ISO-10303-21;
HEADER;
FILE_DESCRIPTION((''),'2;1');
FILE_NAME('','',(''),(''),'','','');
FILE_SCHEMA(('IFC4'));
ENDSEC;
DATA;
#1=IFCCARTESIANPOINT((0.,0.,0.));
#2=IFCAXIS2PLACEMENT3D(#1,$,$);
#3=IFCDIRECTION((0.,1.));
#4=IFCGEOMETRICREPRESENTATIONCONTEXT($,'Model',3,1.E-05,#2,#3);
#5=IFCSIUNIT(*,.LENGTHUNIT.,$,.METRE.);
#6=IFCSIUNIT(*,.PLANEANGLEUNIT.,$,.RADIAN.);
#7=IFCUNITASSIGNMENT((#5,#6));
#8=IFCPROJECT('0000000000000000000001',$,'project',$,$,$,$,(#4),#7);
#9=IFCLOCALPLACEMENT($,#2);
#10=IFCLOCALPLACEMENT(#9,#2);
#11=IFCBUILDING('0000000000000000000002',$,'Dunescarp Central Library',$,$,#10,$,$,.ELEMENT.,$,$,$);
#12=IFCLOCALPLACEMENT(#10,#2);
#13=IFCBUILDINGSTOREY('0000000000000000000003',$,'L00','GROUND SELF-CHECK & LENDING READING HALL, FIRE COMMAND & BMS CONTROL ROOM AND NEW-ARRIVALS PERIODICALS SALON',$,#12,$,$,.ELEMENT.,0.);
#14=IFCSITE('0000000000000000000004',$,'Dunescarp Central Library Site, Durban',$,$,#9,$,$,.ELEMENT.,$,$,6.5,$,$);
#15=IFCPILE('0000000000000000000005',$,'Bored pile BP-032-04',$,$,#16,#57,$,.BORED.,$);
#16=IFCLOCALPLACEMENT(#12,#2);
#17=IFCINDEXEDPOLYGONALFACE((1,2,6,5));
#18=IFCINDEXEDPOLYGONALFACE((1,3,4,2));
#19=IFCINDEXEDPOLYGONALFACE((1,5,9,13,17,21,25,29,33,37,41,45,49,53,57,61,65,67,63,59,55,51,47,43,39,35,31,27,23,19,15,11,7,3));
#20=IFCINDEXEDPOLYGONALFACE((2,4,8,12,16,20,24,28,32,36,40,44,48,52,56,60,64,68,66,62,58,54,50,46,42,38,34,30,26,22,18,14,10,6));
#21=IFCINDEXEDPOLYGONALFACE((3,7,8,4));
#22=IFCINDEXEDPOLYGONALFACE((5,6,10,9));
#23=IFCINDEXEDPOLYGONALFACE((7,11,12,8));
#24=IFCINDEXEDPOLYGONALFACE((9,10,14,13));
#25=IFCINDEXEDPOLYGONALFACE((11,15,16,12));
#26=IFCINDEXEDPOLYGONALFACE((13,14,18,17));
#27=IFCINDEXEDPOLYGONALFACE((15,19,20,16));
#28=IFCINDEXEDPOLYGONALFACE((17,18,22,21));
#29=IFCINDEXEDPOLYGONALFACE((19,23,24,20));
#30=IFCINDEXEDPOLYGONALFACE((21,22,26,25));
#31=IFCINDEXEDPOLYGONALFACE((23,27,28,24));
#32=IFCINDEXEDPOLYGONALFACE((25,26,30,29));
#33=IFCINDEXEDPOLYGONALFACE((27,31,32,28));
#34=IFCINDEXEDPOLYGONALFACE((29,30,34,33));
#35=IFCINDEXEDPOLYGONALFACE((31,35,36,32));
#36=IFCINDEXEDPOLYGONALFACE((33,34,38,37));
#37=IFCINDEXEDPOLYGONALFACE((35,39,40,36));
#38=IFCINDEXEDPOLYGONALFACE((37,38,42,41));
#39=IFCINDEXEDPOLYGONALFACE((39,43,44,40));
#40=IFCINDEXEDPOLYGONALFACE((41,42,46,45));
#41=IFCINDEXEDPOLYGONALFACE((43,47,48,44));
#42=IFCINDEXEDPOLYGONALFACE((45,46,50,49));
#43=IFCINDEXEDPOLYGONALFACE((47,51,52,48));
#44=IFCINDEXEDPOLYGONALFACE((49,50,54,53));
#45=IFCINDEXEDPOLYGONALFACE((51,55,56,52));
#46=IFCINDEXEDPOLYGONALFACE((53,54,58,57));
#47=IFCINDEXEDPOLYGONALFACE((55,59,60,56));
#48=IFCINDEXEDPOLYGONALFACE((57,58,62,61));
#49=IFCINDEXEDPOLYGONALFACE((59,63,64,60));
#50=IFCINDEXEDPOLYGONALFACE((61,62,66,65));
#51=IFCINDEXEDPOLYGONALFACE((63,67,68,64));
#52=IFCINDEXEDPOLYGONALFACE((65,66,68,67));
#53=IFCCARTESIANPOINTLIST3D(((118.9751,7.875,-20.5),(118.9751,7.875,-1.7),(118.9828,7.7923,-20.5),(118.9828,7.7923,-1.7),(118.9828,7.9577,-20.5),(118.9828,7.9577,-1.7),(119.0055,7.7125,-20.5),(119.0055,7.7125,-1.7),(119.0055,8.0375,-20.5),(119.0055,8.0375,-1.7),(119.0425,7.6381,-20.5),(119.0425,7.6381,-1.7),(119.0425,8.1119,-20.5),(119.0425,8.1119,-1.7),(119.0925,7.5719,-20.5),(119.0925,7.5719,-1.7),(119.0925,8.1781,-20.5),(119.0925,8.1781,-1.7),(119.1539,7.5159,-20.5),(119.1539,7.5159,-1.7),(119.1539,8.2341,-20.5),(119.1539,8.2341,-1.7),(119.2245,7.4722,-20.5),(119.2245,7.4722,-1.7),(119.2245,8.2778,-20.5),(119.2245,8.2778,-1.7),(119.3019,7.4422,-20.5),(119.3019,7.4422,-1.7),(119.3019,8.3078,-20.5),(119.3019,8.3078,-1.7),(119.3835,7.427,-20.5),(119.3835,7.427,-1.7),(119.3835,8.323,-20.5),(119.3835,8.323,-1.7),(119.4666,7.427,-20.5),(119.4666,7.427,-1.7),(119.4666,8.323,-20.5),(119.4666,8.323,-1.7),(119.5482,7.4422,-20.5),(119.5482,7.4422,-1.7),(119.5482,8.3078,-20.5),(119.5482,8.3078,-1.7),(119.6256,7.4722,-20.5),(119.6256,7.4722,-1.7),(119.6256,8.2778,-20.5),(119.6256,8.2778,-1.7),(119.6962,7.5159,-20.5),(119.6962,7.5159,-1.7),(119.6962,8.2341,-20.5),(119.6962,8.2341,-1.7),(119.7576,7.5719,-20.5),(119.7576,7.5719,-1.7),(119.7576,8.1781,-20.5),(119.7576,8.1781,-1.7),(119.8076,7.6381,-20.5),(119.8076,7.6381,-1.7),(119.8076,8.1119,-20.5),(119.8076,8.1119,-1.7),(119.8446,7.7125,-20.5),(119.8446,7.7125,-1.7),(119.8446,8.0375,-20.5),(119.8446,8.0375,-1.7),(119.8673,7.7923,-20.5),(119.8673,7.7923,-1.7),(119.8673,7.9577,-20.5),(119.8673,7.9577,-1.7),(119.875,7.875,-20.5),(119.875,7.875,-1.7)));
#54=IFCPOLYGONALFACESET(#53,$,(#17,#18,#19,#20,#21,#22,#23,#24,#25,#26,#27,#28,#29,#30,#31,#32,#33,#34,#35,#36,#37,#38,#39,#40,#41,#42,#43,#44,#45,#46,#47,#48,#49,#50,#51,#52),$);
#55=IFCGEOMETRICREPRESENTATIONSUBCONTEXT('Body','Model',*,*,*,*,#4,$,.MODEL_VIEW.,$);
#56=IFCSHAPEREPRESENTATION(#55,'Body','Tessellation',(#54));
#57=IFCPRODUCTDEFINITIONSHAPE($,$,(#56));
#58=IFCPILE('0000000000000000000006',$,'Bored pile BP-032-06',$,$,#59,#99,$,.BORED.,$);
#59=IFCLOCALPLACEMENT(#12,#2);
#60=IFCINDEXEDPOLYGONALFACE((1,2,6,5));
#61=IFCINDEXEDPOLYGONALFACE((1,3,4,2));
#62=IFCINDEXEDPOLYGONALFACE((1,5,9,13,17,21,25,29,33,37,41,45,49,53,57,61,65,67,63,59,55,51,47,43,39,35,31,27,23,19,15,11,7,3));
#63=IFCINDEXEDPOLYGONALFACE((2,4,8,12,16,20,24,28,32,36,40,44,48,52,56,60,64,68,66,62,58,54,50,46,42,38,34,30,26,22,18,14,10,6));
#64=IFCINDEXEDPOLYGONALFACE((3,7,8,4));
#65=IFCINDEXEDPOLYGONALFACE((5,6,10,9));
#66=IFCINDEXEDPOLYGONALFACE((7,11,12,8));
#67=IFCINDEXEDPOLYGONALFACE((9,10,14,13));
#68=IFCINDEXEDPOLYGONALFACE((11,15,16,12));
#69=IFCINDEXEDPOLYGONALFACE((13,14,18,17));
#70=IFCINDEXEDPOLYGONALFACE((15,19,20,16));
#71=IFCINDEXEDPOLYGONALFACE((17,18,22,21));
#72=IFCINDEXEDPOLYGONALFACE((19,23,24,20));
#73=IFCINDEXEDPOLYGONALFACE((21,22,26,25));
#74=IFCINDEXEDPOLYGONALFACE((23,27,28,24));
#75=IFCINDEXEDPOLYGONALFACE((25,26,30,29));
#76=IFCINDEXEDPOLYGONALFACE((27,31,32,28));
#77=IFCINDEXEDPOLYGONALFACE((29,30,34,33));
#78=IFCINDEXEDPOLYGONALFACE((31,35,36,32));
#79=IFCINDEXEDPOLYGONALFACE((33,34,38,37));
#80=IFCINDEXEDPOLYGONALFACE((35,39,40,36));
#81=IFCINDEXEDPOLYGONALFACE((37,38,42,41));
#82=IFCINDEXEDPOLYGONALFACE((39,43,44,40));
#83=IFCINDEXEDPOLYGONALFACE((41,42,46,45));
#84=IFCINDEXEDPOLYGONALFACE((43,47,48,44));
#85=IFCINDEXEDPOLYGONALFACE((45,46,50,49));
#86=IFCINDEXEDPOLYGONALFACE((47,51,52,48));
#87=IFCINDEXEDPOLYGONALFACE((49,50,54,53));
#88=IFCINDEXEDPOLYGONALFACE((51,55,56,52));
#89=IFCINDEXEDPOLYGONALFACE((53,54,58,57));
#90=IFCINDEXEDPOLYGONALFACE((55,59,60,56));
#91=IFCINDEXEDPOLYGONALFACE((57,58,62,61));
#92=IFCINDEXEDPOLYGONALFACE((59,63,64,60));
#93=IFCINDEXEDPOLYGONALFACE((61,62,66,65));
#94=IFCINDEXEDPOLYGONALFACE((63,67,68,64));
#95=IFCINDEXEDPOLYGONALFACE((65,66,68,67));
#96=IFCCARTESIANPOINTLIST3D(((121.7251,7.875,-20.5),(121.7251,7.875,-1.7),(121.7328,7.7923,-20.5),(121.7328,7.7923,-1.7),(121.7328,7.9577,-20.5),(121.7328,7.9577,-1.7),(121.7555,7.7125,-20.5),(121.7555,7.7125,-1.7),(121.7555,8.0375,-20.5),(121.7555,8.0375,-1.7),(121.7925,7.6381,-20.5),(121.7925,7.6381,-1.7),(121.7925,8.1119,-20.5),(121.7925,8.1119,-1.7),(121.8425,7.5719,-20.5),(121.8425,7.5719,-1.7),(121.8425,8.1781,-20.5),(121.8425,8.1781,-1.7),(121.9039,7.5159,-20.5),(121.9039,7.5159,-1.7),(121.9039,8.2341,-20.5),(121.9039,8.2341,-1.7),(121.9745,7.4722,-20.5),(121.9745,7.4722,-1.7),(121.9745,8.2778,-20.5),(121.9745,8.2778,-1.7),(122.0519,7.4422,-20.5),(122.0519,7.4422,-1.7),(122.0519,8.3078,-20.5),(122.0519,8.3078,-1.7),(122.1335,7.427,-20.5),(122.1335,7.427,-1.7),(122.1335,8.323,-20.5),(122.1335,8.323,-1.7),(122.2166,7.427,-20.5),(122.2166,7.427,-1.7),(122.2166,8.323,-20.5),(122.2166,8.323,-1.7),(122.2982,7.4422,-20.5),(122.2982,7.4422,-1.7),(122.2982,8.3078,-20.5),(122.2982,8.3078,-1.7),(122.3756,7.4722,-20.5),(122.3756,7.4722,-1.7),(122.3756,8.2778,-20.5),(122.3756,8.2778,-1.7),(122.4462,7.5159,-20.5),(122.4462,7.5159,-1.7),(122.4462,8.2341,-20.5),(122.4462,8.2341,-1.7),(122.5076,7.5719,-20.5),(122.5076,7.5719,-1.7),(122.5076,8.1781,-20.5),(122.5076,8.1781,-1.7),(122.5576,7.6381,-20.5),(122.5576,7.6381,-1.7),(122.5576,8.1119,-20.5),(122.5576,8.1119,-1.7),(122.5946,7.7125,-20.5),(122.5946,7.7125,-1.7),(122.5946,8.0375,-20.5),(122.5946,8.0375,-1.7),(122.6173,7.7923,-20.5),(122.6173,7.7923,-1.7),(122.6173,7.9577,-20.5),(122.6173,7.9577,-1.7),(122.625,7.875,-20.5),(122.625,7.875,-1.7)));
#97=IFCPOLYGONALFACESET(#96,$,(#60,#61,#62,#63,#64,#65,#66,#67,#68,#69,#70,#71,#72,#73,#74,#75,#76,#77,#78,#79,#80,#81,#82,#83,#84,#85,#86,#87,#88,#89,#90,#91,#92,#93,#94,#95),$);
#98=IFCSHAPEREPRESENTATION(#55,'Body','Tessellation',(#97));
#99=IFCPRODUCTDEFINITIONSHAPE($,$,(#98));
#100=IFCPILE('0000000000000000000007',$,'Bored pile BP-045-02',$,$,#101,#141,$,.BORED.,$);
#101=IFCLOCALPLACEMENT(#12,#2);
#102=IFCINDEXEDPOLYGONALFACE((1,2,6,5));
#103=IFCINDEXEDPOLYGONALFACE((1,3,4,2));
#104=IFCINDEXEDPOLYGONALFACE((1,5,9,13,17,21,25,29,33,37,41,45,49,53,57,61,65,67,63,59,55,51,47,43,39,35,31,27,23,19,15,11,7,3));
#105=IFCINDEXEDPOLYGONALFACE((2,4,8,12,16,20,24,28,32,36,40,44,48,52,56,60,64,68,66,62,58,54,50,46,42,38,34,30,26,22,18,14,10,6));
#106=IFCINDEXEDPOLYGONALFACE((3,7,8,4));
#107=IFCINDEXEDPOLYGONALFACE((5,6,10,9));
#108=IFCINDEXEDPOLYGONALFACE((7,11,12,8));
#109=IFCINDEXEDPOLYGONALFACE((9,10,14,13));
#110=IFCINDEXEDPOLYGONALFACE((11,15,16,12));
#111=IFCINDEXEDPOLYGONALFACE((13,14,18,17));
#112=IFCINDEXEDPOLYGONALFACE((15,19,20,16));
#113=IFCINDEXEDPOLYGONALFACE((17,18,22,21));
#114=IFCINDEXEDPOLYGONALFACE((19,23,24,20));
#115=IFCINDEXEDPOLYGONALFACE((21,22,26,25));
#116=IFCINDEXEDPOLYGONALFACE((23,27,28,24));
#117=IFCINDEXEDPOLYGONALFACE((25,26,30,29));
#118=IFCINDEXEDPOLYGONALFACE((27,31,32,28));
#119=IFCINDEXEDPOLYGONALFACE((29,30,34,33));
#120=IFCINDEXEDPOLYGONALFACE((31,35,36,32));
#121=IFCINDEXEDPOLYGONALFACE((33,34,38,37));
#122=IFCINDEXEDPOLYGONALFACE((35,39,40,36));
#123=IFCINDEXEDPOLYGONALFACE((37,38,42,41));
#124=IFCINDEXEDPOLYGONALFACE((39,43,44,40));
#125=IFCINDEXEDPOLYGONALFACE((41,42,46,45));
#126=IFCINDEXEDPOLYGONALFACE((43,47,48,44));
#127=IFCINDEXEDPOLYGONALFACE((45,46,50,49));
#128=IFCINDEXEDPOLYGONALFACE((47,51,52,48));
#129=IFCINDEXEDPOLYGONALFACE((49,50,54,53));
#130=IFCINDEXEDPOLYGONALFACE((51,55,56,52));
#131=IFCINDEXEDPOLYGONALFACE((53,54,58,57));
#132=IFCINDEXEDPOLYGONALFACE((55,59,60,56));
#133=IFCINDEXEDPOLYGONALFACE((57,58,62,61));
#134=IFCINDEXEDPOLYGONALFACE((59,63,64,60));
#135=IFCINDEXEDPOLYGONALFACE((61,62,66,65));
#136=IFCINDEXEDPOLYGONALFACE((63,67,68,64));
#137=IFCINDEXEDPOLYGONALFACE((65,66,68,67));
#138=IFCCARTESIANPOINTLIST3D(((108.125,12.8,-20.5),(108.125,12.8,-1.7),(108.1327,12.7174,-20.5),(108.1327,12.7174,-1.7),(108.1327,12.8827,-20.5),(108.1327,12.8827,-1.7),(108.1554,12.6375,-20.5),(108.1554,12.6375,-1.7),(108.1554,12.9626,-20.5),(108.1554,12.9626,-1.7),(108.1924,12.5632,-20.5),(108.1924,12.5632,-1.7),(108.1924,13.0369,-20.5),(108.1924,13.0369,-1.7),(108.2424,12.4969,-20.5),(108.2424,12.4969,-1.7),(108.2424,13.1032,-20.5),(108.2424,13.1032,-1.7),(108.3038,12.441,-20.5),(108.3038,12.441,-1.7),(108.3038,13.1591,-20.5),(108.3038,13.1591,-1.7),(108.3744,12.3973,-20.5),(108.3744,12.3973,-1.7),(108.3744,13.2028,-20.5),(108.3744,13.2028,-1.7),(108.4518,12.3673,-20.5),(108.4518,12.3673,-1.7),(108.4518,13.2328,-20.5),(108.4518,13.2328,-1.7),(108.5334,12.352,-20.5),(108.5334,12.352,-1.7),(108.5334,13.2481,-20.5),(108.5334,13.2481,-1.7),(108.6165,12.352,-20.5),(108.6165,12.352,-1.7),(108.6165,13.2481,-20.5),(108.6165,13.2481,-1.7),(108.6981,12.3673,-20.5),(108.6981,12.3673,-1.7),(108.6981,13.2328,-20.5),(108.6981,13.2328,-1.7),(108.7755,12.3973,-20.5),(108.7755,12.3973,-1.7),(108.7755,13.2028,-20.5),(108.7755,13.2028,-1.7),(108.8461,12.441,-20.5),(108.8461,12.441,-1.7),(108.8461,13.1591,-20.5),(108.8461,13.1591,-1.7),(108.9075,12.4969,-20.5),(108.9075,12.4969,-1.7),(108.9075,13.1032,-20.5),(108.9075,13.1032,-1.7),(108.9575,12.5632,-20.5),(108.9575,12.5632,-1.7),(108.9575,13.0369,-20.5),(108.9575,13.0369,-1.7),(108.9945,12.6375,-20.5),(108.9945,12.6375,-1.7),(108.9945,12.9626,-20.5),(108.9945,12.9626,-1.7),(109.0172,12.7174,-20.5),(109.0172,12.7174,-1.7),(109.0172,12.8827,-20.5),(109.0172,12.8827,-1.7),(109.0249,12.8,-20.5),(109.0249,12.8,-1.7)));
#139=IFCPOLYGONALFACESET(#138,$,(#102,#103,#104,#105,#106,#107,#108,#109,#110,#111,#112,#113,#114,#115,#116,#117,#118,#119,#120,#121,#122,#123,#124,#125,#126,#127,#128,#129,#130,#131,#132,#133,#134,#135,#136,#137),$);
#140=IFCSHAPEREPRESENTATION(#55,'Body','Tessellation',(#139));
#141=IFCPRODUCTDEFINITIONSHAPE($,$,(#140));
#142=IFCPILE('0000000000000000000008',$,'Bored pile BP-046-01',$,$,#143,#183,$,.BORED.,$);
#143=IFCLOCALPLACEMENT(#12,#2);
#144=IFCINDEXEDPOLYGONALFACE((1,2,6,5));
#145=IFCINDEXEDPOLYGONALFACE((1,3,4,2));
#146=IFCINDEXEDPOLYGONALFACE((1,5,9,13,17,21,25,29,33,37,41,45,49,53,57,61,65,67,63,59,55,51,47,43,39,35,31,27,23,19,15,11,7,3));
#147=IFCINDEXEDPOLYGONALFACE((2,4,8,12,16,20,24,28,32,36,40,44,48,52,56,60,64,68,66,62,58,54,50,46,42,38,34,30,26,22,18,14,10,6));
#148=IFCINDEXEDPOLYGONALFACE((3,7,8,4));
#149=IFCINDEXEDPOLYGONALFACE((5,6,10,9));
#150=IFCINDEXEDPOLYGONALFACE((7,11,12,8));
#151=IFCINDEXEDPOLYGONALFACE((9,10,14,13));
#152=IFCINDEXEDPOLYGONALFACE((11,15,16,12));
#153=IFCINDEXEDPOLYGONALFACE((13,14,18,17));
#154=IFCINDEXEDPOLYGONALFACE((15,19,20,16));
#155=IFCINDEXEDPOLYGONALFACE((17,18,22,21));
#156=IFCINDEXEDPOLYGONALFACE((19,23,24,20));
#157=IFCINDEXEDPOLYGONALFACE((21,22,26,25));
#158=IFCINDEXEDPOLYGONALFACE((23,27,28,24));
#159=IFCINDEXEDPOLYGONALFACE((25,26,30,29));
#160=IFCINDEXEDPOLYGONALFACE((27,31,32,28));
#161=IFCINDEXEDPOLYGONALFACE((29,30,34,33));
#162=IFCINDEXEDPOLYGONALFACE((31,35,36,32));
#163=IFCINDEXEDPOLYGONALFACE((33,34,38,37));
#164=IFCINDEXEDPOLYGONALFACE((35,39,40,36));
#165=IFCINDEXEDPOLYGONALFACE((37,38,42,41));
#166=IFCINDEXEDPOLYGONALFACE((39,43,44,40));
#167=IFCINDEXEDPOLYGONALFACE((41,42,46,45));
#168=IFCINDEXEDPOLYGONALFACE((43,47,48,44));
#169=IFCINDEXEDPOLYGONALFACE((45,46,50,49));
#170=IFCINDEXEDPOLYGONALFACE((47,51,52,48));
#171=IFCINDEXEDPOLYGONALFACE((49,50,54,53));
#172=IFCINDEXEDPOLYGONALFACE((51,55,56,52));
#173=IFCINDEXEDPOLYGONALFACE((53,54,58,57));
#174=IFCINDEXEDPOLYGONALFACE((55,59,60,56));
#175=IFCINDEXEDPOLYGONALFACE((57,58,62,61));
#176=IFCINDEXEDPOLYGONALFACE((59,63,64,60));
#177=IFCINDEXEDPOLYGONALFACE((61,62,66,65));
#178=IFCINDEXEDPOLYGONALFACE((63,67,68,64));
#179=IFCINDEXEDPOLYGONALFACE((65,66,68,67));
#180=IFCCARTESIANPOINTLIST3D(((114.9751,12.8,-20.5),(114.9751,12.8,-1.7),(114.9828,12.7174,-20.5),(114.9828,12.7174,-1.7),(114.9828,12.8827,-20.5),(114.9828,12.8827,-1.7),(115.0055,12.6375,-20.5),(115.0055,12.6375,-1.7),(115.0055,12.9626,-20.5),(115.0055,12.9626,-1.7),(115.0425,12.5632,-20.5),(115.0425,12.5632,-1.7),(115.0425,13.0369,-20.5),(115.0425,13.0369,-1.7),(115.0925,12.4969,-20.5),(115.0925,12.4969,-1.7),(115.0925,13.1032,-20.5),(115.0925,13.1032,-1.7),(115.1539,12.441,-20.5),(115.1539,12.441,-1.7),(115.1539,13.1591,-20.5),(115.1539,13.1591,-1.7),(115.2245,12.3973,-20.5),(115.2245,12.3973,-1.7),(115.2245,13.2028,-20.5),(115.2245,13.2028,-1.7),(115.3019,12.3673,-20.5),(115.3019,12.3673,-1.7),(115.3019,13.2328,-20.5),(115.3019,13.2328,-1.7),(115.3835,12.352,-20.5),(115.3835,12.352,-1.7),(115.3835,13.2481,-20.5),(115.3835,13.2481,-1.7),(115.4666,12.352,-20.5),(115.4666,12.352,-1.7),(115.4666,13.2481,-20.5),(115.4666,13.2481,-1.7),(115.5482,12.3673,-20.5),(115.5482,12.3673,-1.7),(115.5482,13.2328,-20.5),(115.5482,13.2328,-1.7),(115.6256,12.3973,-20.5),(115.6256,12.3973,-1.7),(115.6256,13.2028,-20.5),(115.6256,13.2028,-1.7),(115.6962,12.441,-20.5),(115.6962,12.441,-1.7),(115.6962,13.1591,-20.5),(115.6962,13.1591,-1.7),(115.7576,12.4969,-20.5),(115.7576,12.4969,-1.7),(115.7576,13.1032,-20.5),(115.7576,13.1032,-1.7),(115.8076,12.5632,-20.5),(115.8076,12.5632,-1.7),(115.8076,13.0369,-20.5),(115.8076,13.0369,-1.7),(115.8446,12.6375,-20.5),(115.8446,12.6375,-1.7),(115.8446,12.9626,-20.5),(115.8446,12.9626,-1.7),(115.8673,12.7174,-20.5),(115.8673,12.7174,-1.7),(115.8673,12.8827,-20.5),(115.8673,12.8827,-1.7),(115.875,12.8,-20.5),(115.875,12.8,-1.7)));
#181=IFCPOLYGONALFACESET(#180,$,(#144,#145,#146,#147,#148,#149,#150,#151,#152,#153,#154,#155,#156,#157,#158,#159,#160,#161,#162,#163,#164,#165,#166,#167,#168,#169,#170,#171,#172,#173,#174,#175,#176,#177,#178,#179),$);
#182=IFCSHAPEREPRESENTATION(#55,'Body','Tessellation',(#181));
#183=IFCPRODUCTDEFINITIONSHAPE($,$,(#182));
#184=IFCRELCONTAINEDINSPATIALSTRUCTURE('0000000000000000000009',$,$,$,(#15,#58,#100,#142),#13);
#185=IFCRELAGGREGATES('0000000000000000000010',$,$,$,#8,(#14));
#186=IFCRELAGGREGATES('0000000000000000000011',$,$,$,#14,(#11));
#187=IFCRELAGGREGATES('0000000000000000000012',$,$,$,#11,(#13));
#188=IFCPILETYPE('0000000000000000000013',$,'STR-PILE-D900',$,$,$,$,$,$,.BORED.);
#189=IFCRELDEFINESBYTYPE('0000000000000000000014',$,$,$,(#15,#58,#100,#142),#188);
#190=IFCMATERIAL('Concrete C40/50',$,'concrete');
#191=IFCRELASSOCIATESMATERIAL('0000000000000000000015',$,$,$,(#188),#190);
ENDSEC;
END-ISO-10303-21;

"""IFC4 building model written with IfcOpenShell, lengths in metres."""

from ifc_helpers import new_model, si_unit, direction, frame, origin, origin_2d, place, context, subcontext, project, spatial, circle, extrude, material, material_profile, profile_set, type_object, element, save


model = new_model("IFC4")

# Units and contexts
model_context = context("Model", 3, precision=1e-05, world=origin(), true_north=direction((0.0, 1.0)))
body_context = subcontext(model_context, "Body", "Model", "MODEL_VIEW")
ifc_project = project(units=[si_unit("LENGTHUNIT", "METRE"), si_unit("PLANEANGLEUNIT", "RADIAN")], contexts=[model_context])

# Site, building, storey
site_placement = place(None, origin())
site = spatial("IfcSite", under=ifc_project, at=site_placement, Name="Dunescarp Central Library Site, Durban", CompositionType="ELEMENT", RefElevation=6.5)
building_placement = place(site_placement, origin())
building = spatial("IfcBuilding", under=site, at=building_placement, Name="Dunescarp Central Library", CompositionType="ELEMENT")
storey_placement = place(building_placement, origin())
storey = spatial("IfcBuildingStorey", under=building, at=storey_placement, Name="L00", Description="GROUND SELF-CHECK & LENDING READING HALL, FIRE COMMAND & BMS CONTROL ROOM AND NEW-ARRIVALS PERIODICALS SALON", CompositionType="ELEMENT", Elevation=0.0)

# Shared definitions
ifc_material_1 = material(Name="Concrete C40/50", Category="concrete")

# Piles
ifc_material_profile_1 = material_profile(ifc_material_1, circle(Radius=0.45, at=origin_2d()), Name="PILE D900")
ifc_profile_set_1 = profile_set([ifc_material_profile_1], Name="Concrete C40/50")
pile_type = type_object("IfcPileType", Name="STR-PILE-D900", PredefinedType="BORED", material=ifc_profile_set_1)
for number, where, z_axis, x_axis, name in (
    (1, (119.425, 7.875, -1.7), (0.0, 0.0, -1.0), (1.0, 0.0, 0.0), "Bored pile BP-032-04"),
    (2, (122.175, 7.875, -1.7), (0.0, 0.0, -1.0), (1.0, 0.0, 0.0), "Bored pile BP-032-06"),
    (3, (108.575, 12.8, -1.7), (0.0, 0.0, -1.0), (1.0, 0.0, 0.0), "Bored pile BP-045-02"),
    (4, (115.425, 12.8, -1.7), (0.0, 0.0, -1.0), (1.0, 0.0, 0.0), "Bored pile BP-046-01"),
):
    element("IfcPile", number, at=place(storey_placement, frame(where, z_axis=z_axis, x_axis=x_axis)), inside=storey, type_object=pile_type, Name=name, PredefinedType="BORED", context=body_context, shape_type="SweptSolid", body=[
        extrude(circle(Radius=0.45, at=origin_2d()), origin(), (0.0, 0.0, 1.0), 18.8),
    ])

save(model, "model.ifc")
